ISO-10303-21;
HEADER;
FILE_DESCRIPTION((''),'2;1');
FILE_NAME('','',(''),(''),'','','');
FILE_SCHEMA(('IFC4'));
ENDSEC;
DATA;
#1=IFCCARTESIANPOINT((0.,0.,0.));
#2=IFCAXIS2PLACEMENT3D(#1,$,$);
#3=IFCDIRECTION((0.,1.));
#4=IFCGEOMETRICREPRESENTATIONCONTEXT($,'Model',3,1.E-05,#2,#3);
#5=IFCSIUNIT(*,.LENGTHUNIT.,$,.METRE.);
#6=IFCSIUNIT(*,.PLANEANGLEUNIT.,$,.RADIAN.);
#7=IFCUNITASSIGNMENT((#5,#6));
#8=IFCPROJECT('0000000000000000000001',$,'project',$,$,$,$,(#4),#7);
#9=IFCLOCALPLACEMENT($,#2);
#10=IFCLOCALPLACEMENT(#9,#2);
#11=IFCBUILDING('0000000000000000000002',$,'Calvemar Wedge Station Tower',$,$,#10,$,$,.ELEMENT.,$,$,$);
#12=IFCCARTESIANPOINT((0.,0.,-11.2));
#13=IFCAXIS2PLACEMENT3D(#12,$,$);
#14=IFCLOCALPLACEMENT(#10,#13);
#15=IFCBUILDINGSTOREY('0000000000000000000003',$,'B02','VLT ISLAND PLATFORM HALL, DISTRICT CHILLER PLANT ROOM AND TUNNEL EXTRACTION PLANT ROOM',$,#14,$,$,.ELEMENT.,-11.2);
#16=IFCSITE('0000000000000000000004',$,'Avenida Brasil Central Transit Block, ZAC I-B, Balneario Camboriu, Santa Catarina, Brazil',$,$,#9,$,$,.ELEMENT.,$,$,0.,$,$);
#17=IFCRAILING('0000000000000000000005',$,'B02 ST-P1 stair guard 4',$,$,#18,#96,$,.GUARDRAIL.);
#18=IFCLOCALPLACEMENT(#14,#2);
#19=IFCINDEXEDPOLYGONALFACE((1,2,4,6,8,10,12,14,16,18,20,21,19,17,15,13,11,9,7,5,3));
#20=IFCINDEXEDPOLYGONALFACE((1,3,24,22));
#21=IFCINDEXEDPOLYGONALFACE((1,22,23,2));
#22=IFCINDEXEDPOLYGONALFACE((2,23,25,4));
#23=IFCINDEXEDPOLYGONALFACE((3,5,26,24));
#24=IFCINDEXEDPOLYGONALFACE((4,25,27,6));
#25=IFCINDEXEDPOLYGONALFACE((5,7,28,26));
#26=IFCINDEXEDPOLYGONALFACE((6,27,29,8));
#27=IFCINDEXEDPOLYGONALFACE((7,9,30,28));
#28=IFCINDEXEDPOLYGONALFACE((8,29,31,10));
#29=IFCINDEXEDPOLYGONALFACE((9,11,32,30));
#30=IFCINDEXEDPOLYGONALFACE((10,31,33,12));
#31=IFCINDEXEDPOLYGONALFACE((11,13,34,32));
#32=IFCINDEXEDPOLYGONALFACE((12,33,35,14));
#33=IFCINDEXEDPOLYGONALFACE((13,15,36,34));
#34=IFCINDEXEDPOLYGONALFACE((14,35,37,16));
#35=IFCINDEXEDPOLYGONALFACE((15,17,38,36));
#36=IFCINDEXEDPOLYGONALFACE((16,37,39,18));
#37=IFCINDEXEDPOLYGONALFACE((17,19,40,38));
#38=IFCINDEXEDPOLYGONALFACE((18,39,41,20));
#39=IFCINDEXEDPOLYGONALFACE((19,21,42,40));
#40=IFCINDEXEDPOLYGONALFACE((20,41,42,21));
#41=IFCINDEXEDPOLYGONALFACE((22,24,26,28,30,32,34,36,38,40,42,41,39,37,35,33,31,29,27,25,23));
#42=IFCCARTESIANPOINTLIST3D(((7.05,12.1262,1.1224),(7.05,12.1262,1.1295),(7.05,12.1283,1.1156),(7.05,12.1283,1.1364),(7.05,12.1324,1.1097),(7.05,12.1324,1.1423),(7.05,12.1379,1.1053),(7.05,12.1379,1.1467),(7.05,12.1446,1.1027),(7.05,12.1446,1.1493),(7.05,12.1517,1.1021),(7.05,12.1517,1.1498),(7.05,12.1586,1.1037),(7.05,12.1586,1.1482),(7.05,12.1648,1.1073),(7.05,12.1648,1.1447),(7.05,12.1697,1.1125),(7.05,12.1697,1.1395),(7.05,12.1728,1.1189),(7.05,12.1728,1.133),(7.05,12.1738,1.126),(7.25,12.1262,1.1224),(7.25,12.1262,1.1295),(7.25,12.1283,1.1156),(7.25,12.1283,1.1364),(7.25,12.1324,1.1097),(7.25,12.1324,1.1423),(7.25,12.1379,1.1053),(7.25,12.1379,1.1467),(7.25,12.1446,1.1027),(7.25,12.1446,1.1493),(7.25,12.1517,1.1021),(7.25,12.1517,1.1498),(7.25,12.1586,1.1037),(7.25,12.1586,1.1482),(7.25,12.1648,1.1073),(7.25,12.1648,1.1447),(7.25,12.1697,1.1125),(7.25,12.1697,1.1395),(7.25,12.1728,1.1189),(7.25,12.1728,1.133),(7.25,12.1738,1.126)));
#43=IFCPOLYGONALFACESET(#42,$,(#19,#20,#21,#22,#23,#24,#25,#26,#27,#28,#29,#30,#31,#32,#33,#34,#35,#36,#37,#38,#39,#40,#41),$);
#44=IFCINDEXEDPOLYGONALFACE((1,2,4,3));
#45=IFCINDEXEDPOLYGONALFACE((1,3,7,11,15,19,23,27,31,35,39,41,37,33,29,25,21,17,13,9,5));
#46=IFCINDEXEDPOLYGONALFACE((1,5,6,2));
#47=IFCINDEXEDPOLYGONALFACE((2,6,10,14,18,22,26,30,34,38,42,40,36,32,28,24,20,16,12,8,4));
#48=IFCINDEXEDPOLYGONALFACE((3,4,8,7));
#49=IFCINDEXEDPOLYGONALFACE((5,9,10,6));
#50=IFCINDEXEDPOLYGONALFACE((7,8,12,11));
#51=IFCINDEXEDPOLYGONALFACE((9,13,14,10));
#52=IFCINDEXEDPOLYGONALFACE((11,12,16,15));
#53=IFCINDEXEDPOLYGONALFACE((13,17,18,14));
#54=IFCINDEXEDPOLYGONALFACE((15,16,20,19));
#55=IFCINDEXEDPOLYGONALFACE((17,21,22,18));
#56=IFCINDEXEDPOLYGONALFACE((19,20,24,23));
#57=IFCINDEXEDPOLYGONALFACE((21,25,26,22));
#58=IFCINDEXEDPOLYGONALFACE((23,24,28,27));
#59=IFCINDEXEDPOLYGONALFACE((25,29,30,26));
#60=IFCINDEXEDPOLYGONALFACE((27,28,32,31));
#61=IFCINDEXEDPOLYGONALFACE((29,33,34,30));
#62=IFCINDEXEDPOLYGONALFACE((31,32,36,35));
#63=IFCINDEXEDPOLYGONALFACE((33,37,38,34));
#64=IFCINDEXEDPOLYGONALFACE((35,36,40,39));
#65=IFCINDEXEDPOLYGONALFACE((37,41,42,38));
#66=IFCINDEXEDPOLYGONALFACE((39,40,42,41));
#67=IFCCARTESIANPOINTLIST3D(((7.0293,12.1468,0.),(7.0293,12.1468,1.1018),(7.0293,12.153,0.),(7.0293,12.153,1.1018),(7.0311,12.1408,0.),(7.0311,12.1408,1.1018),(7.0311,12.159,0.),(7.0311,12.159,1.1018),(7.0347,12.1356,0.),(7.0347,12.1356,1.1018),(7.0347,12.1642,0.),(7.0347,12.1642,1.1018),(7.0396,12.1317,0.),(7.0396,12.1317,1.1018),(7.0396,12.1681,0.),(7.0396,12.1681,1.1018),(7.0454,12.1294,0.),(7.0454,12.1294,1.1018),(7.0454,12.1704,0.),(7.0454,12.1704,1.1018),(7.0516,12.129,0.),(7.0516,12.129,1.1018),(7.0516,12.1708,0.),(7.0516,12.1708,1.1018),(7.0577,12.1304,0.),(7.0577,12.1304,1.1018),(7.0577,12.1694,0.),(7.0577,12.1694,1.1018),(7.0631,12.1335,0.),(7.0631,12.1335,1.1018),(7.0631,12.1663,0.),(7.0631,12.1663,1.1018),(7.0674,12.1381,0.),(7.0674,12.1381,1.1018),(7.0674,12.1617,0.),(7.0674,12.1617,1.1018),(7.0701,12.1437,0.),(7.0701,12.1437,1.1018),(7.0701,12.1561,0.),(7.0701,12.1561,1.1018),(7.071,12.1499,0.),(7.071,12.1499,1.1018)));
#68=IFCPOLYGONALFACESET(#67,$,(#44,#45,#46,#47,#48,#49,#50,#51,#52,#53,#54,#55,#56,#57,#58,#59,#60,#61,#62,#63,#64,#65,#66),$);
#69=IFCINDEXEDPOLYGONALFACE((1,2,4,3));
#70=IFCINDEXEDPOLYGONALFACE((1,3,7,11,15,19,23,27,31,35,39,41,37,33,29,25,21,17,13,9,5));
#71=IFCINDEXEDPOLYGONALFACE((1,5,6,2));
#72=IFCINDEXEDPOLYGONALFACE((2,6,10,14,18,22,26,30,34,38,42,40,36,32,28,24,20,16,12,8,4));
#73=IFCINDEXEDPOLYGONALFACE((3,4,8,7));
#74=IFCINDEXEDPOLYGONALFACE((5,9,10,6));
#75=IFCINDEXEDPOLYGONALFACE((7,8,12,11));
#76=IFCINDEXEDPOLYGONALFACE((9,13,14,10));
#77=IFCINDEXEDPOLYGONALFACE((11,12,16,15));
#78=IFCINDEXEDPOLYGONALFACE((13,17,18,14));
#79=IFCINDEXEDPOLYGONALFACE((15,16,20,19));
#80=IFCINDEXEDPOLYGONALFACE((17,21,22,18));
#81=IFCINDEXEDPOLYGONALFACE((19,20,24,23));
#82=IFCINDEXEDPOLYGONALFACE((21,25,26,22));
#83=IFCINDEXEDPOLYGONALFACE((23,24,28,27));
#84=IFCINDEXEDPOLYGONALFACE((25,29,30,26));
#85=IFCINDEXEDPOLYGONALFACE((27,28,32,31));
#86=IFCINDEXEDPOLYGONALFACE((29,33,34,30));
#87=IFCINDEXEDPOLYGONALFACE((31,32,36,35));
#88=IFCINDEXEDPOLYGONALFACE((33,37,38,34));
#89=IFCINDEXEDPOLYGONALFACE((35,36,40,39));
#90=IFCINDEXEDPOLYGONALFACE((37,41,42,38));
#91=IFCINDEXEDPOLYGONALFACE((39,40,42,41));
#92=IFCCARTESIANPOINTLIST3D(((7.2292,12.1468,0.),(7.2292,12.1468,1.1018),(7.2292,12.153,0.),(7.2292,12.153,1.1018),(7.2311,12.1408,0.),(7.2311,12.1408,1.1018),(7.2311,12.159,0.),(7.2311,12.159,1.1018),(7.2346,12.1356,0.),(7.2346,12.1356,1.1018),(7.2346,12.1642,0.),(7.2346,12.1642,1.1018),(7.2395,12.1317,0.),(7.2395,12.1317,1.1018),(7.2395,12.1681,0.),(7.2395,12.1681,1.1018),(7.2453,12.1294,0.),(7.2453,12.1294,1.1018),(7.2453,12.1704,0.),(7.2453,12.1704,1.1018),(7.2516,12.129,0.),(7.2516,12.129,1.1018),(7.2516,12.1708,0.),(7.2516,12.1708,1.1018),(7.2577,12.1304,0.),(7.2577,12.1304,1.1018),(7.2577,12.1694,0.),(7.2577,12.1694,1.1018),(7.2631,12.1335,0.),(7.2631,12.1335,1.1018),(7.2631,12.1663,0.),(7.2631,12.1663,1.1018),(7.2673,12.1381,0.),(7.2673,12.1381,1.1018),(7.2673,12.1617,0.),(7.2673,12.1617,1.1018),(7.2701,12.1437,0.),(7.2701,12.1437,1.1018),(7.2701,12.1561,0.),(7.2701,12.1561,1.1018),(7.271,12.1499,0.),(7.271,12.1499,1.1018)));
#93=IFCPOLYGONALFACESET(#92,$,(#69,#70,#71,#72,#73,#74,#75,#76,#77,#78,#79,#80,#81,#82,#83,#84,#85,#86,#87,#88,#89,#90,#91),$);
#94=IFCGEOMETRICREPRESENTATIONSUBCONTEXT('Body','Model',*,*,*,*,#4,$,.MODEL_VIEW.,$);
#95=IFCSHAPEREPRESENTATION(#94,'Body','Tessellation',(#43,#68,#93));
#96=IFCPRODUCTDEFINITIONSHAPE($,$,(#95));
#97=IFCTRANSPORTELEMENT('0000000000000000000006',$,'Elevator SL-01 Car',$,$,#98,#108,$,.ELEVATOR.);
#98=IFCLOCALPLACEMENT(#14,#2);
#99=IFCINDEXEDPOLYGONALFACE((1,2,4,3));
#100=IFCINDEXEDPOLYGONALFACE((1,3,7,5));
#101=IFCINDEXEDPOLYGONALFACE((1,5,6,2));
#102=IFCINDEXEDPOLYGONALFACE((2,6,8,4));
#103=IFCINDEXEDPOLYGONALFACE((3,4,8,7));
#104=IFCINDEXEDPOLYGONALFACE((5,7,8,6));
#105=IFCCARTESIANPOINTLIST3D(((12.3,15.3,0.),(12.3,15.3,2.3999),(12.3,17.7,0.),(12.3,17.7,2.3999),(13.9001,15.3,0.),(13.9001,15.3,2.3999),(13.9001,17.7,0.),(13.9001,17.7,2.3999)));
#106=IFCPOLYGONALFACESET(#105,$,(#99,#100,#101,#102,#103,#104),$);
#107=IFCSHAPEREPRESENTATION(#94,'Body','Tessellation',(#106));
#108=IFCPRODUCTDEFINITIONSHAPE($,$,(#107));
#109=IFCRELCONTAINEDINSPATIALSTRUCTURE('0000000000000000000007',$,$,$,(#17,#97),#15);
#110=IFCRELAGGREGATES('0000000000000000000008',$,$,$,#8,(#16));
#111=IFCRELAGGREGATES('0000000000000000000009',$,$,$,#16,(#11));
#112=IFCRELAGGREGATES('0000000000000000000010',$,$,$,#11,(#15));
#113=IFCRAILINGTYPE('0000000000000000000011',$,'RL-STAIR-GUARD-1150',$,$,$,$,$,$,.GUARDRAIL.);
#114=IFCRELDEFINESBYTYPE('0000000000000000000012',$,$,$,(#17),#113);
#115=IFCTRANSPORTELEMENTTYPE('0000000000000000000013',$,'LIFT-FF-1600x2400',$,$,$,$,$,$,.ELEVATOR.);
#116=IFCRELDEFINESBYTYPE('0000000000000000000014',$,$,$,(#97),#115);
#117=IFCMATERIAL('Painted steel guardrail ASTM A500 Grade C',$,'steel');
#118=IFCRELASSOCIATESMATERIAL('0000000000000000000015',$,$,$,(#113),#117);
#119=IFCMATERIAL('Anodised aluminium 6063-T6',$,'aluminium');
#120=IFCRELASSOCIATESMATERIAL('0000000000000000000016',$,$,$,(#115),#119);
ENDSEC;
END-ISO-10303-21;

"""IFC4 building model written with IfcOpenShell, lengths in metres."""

from ifc_helpers import new_model, si_unit, direction, frame, origin, origin_2d, place, context, subcontext, project, spatial, rectangle, circle, extrude, source, transform, mapped, material, type_object, element, save


model = new_model("IFC4")

# Units and contexts
model_context = context("Model", 3, precision=1e-05, world=origin(), true_north=direction((0.0, 1.0)))
body_context = subcontext(model_context, "Body", "Model", "MODEL_VIEW")
ifc_project = project(units=[si_unit("LENGTHUNIT", "METRE"), si_unit("PLANEANGLEUNIT", "RADIAN")], contexts=[model_context])

# Site, building, storey
site_placement = place(None, origin())
site = spatial("IfcSite", under=ifc_project, at=site_placement, Name="Avenida Brasil Central Transit Block, ZAC I-B, Balneario Camboriu, Santa Catarina, Brazil", CompositionType="ELEMENT", RefElevation=0.0)
building_placement = place(site_placement, origin())
building = spatial("IfcBuilding", under=site, at=building_placement, Name="Calvemar Wedge Station Tower", CompositionType="ELEMENT")
storey_placement = place(building_placement, frame((0.0, 0.0, -11.2)))
storey = spatial("IfcBuildingStorey", under=building, at=storey_placement, Name="B02", Description="VLT ISLAND PLATFORM HALL, DISTRICT CHILLER PLANT ROOM AND TUNNEL EXTRACTION PLANT ROOM", CompositionType="ELEMENT", Elevation=-11.2)

# Railing
ifc_material_1 = material(Name="Painted steel guardrail ASTM A500 Grade C", Category="steel")
railing_type_1 = type_object("IfcRailingType", Name="RL-STAIR-GUARD-1150", PredefinedType="GUARDRAIL", material=ifc_material_1)
railing_1_placement = place(storey_placement, frame((7.05, 12.1499, 0.0)))
element("IfcRailing", 1, at=railing_1_placement, inside=storey, type_object=railing_type_1, Name="B02 ST-P1 stair guard 4", PredefinedType="GUARDRAIL", context=body_context, shape_type="SweptSolid", body=[
    extrude(circle(Radius=0.0239, at=origin_2d()), frame((0.0, 0.0, 1.126), z_axis=(1.0, 0.0, 0.0), x_axis=(0.0, 1.0, 0.0)), (0.0, 0.0, 1.0), 0.2),
    extrude(circle(Radius=0.021, at=origin_2d()), origin(), (0.0, 0.0, 1.0), 1.1018),
    extrude(circle(Radius=0.021, at=origin_2d()), frame((0.2, 0.0, 0.0)), (0.0, 0.0, 1.0), 1.1018),
])

# Transport element
ifc_material_2 = material(Name="Anodised aluminium 6063-T6", Category="aluminium")
transport_element_type = type_object("IfcTransportElementType", Name="LIFT-FF-1600x2400", PredefinedType="ELEVATOR", material=ifc_material_2)
shared_shape_1 = source(origin(), body_context, "Body", "SweptSolid", [
    extrude(rectangle(XDim=1.6001, YDim=2.3999, at=origin_2d()), origin(), (0.0, 0.0, 1.0), 2.3999),
])
transport_element_placement = place(storey_placement, frame((13.1001, 16.5, 0.0), z_axis=(0.0, 0.0, 1.0), x_axis=(1.0, 0.0, 0.0)))
element("IfcTransportElement", 2, at=transport_element_placement, inside=storey, type_object=transport_element_type, Name="Elevator SL-01 Car", PredefinedType="ELEVATOR", context=body_context, shape_type="MappedRepresentation", body=[
    mapped(shared_shape_1, transform((0.0, 0.0, 0.0), scale=1.0)),
])

save(model, "model.ifc")
